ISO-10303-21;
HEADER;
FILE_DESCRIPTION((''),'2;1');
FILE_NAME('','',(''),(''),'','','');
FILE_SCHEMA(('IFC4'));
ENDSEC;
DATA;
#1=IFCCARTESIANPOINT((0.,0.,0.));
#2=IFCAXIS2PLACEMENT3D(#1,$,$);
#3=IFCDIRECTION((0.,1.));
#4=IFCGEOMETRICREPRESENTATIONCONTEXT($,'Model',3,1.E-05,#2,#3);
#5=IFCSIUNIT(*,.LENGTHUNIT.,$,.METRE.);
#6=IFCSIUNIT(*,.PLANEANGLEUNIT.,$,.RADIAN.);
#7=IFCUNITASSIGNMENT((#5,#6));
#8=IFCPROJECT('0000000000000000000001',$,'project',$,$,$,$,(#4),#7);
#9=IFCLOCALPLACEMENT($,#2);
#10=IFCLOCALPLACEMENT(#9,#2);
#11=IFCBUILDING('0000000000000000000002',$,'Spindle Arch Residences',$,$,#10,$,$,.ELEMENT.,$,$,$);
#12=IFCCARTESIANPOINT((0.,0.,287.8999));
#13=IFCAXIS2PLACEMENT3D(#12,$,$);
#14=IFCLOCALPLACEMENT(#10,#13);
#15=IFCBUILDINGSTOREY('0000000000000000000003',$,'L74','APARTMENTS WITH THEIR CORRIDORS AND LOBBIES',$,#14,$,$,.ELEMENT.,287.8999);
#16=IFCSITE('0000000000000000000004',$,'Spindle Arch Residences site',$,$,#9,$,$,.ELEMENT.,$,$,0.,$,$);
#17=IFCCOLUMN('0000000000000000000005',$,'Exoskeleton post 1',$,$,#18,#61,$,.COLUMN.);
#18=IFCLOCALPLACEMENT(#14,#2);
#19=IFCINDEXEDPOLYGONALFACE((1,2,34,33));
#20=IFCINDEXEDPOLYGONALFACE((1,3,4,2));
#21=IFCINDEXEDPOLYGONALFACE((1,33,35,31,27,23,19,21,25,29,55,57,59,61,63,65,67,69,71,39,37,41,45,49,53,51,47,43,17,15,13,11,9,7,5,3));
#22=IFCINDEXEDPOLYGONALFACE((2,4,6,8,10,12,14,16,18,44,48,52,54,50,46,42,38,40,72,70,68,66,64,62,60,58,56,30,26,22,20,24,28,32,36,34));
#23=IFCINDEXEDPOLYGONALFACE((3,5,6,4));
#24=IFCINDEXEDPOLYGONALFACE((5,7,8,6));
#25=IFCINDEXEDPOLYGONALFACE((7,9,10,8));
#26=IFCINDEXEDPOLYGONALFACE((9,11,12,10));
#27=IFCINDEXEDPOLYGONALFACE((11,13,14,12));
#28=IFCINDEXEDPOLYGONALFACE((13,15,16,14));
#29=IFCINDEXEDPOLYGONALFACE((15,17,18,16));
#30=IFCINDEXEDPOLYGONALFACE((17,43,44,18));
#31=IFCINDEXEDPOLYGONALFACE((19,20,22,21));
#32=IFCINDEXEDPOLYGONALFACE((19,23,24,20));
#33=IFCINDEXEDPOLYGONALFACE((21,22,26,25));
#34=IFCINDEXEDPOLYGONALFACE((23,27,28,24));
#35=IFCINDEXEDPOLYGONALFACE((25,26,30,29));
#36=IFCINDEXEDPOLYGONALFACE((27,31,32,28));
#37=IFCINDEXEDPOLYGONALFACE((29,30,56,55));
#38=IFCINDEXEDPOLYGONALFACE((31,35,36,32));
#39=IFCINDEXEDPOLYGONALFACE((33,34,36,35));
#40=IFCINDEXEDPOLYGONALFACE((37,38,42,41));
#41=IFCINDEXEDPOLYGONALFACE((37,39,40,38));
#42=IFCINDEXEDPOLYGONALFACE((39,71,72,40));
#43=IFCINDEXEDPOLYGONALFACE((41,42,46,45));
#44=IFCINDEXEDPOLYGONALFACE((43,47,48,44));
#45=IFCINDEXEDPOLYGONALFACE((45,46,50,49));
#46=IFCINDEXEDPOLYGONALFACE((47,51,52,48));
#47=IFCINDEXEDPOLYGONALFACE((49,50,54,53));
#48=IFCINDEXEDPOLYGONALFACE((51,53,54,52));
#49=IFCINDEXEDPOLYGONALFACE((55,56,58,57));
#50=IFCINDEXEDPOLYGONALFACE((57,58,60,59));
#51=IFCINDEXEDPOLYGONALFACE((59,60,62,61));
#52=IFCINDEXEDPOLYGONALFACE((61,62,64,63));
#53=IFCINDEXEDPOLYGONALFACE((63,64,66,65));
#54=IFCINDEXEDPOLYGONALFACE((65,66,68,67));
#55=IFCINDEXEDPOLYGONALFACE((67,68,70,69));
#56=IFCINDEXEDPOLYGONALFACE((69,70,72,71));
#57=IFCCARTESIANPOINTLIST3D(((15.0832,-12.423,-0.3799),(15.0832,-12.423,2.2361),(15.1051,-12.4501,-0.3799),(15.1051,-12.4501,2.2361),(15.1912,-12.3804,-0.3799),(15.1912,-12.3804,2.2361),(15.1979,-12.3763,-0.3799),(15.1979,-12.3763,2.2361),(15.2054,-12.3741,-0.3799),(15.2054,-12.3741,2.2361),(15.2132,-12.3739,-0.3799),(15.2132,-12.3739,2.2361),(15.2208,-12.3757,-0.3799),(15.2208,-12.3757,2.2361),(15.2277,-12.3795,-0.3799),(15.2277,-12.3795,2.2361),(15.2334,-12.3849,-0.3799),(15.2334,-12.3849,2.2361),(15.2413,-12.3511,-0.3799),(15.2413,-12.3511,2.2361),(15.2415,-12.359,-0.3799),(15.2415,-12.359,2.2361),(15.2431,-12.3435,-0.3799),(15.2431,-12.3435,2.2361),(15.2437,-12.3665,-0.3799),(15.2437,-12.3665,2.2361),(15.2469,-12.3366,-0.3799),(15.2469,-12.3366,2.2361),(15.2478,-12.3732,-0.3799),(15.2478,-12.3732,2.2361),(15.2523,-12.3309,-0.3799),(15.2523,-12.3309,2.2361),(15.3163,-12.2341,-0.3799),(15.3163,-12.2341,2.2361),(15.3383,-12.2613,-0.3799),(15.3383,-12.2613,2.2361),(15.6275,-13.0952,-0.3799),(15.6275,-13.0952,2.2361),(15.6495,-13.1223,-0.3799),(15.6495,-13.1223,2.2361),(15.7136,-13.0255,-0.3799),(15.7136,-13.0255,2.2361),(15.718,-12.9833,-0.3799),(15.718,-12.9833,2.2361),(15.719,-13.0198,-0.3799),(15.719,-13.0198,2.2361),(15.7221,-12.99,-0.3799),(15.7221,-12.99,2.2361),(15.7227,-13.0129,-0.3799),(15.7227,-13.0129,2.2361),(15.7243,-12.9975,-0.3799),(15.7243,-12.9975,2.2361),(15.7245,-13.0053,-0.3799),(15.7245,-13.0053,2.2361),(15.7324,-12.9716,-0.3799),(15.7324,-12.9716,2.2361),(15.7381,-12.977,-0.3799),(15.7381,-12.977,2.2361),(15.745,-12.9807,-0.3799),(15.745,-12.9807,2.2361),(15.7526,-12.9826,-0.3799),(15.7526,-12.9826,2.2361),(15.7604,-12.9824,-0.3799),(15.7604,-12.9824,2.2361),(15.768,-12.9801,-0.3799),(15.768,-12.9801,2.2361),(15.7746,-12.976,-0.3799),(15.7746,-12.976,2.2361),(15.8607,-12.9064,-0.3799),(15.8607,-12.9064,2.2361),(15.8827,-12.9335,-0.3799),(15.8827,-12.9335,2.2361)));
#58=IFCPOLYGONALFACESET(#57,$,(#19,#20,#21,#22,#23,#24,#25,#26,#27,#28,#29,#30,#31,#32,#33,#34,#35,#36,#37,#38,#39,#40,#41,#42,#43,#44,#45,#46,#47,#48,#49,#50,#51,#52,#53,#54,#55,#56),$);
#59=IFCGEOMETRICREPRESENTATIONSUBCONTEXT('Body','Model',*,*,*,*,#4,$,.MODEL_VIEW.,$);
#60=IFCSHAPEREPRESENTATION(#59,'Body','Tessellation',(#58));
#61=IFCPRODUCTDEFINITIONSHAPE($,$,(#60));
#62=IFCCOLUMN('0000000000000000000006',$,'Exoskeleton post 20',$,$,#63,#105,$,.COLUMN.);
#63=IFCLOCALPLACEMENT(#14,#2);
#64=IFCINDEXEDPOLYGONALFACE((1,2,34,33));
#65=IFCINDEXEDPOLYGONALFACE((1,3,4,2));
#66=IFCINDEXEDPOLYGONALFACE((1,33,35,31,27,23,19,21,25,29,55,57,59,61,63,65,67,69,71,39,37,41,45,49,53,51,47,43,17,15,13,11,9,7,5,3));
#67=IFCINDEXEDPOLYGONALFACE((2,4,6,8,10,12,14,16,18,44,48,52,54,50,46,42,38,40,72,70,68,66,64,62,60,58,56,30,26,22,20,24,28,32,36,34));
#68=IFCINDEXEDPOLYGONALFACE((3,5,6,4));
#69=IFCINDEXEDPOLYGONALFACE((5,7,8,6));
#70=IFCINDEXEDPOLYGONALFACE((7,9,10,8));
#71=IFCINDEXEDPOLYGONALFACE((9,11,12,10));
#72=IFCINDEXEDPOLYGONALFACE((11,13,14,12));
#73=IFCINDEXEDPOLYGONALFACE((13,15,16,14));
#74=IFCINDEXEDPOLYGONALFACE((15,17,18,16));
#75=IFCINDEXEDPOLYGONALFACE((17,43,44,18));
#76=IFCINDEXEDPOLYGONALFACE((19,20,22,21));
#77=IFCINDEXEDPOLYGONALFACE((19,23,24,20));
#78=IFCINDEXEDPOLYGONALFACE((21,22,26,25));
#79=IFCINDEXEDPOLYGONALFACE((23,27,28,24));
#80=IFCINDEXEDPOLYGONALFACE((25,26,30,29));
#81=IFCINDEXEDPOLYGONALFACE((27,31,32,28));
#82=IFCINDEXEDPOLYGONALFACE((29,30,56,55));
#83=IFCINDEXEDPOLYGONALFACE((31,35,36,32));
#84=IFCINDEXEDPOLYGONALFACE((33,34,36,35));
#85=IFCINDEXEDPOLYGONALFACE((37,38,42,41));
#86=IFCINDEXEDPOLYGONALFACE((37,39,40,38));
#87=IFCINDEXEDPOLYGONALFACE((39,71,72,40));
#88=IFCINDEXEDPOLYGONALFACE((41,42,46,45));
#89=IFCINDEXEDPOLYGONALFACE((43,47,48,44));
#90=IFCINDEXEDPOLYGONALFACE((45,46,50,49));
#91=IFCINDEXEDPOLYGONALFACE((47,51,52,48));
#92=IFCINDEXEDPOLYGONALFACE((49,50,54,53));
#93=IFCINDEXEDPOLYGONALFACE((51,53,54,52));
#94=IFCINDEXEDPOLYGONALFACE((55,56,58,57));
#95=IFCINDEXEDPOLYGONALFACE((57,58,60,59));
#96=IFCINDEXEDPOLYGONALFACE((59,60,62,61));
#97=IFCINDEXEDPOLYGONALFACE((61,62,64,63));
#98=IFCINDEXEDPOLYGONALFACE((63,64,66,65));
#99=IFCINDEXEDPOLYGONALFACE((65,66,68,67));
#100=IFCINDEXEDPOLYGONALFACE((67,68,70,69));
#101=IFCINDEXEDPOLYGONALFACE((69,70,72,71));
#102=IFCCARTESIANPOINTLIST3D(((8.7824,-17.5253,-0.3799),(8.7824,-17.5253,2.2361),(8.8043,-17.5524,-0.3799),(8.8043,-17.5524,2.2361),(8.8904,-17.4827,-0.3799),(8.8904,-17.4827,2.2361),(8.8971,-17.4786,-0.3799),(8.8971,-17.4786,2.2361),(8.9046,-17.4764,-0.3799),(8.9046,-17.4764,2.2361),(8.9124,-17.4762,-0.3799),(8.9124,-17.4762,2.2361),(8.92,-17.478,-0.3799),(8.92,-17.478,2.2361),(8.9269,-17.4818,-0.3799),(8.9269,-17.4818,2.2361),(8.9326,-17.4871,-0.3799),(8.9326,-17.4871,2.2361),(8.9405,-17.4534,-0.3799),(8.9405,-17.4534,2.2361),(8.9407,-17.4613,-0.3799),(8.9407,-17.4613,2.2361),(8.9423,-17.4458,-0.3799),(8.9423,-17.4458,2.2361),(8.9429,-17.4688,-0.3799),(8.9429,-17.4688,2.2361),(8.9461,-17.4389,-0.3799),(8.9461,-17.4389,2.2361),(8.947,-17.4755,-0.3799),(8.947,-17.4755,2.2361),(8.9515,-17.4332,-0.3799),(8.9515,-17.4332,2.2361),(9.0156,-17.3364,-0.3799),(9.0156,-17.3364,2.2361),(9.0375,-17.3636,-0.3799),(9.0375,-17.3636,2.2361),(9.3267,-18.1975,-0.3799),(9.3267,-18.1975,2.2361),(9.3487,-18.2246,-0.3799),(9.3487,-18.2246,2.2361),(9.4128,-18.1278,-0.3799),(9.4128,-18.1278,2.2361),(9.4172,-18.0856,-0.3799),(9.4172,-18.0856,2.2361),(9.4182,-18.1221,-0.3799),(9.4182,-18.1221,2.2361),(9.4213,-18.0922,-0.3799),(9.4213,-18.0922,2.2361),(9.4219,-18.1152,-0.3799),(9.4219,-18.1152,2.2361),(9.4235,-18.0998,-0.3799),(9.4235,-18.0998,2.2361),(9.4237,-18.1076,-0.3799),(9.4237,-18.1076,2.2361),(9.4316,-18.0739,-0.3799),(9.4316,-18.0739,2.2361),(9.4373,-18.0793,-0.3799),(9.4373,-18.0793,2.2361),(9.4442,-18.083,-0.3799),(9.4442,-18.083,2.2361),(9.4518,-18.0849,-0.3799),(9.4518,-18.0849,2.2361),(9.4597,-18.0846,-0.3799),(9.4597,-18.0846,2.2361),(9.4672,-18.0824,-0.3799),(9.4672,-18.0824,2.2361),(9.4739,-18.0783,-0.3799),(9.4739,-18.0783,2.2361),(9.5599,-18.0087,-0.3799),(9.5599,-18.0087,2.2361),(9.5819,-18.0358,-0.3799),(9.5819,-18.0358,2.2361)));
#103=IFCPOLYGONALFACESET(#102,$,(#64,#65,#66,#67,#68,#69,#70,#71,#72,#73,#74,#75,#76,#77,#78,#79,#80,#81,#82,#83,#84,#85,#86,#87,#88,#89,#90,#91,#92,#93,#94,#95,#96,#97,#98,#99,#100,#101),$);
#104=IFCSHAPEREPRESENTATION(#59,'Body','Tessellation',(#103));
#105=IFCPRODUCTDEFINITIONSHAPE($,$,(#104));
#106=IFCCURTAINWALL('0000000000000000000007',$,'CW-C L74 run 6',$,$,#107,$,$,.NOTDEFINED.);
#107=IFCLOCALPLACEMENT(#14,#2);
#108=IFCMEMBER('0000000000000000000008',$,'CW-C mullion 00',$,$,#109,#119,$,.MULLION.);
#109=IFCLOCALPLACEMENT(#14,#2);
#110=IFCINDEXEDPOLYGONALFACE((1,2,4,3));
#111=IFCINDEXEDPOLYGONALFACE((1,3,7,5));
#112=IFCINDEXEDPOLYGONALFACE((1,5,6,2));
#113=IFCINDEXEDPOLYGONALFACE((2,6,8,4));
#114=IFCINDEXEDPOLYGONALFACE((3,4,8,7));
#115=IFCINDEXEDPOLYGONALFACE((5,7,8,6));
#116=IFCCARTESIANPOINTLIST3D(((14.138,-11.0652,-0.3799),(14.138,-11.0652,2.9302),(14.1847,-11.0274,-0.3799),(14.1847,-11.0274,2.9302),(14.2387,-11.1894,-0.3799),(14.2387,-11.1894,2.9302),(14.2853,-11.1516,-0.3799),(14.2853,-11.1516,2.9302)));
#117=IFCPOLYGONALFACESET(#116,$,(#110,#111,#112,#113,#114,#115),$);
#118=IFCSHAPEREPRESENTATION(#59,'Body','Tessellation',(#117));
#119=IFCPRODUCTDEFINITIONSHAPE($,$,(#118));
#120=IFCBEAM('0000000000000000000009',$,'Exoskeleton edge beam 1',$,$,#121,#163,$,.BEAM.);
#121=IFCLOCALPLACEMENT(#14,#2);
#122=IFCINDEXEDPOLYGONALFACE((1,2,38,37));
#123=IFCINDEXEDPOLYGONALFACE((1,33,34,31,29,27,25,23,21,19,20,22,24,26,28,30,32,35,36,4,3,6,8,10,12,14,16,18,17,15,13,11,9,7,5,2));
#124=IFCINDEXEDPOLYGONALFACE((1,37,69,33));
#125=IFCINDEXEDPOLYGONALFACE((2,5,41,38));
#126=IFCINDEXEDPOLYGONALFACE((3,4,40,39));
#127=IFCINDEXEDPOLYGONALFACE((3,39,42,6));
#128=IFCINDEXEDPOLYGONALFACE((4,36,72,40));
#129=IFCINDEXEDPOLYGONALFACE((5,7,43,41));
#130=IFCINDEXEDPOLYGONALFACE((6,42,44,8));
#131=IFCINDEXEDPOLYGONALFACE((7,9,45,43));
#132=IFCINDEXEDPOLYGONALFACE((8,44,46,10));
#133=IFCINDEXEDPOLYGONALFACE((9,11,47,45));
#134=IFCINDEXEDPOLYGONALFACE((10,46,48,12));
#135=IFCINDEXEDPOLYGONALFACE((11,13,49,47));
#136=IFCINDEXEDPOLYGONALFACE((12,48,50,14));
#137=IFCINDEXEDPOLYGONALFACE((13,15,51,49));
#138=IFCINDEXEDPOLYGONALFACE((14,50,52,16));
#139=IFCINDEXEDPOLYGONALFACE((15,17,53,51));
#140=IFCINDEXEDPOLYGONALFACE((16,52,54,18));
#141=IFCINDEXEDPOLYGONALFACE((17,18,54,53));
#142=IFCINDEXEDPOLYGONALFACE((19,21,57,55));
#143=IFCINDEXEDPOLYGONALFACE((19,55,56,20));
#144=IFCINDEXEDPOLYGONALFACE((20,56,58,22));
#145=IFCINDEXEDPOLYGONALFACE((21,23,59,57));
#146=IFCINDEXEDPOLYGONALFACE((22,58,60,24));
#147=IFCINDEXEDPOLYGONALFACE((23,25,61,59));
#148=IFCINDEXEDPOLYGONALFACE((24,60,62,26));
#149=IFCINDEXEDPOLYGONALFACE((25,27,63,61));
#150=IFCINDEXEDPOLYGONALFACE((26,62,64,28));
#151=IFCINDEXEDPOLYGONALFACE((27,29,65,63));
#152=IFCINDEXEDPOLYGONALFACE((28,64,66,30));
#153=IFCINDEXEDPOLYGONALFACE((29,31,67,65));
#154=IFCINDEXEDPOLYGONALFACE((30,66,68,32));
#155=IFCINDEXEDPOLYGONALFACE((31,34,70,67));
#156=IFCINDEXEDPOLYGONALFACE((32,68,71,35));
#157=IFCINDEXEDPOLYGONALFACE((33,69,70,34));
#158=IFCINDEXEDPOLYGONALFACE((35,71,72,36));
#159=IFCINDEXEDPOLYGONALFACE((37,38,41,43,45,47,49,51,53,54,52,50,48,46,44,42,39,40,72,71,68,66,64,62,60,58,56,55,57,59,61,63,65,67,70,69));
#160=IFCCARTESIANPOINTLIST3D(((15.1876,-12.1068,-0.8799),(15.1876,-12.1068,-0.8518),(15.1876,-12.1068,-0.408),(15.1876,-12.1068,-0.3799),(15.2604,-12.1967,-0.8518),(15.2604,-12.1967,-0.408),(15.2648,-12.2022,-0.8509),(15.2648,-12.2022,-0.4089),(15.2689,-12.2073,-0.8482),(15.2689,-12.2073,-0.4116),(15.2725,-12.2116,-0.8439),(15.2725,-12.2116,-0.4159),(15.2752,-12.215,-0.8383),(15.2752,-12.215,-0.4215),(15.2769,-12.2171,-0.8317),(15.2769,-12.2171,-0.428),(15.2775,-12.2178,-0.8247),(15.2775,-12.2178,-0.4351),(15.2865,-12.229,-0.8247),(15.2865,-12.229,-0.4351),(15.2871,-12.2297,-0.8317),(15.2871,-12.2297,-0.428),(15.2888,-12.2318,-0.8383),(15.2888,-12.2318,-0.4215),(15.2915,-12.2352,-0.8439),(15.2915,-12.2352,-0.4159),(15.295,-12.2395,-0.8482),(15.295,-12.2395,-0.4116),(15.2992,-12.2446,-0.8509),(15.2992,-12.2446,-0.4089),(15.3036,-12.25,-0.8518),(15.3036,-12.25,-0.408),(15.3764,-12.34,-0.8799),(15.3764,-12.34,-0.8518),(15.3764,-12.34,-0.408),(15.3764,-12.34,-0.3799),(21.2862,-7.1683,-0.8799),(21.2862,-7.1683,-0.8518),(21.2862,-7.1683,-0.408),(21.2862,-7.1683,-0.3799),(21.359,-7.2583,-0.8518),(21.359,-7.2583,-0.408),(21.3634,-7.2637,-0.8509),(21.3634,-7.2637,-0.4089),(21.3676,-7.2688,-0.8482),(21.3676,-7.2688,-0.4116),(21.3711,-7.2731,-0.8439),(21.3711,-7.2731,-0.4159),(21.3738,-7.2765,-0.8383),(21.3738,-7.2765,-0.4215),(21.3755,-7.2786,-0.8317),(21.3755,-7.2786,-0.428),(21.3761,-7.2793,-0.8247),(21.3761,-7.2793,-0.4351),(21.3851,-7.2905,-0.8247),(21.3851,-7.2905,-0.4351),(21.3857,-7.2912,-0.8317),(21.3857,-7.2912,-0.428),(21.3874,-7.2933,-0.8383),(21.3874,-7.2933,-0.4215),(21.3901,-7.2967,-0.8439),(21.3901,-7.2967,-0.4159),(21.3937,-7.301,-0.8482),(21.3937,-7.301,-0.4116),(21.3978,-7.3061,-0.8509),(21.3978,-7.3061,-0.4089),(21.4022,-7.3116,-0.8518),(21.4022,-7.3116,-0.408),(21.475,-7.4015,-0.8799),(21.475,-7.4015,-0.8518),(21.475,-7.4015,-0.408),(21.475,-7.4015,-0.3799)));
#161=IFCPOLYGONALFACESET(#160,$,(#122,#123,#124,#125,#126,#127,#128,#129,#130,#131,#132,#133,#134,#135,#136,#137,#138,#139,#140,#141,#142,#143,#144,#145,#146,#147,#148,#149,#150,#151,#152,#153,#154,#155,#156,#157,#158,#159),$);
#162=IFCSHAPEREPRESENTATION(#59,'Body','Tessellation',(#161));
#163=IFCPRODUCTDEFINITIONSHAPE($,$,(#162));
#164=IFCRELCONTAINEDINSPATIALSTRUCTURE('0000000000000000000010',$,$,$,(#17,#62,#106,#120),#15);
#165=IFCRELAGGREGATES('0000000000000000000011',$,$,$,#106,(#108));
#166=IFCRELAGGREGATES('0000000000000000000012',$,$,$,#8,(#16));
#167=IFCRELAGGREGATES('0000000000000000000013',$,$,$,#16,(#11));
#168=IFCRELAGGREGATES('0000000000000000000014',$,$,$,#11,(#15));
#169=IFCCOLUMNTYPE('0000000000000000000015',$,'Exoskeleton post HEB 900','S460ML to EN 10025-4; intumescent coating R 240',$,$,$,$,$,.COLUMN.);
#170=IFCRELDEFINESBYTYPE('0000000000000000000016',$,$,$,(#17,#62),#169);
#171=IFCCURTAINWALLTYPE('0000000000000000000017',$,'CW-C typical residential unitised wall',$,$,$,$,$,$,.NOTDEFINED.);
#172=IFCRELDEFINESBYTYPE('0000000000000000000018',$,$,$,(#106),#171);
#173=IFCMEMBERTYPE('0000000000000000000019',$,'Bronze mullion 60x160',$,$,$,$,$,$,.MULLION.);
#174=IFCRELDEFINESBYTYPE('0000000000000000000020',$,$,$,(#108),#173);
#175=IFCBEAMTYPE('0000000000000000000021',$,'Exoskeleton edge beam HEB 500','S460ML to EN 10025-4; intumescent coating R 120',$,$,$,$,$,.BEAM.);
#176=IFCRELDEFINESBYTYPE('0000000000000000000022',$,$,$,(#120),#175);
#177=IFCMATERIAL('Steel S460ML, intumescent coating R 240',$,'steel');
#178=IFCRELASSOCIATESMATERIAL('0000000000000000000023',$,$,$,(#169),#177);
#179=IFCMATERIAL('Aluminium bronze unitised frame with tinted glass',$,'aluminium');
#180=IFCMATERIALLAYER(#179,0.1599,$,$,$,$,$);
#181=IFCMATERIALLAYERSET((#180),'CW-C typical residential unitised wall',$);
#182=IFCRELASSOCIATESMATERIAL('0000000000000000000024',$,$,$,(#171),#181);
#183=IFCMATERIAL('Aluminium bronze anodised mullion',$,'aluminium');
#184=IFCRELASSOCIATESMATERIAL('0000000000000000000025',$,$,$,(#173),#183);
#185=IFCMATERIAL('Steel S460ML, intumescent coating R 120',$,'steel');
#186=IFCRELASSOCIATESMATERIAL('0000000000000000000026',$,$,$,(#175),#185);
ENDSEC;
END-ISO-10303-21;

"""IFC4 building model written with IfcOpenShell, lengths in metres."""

from ifc_helpers import new_model, si_unit, direction, frame, origin, origin_2d, place, context, subcontext, project, spatial, rectangle, i_section, extrude, material, layer, layer_set, material_profile, profile_set, type_object, element, aggregate, save


model = new_model("IFC4")

# Units and contexts
model_context = context("Model", 3, precision=1e-05, world=origin(), true_north=direction((0.0, 1.0)))
body_context = subcontext(model_context, "Body", "Model", "MODEL_VIEW")
ifc_project = project(units=[si_unit("LENGTHUNIT", "METRE"), si_unit("PLANEANGLEUNIT", "RADIAN")], contexts=[model_context])

# Site, building, storey
site_placement = place(None, origin())
site = spatial("IfcSite", under=ifc_project, at=site_placement, Name="Spindle Arch Residences site", CompositionType="ELEMENT", RefElevation=0.0)
building_placement = place(site_placement, origin())
building = spatial("IfcBuilding", under=site, at=building_placement, Name="Spindle Arch Residences", CompositionType="ELEMENT")
storey_placement = place(building_placement, frame((0.0, 0.0, 287.8999)))
storey = spatial("IfcBuildingStorey", under=building, at=storey_placement, Name="L74", Description="APARTMENTS WITH THEIR CORRIDORS AND LOBBIES", CompositionType="ELEMENT", Elevation=287.8999)

# Columns
ifc_material_1 = material(Name="Steel S460ML, intumescent coating R 240", Category="steel")
ifc_material_profile_1 = material_profile(ifc_material_1, i_section(OverallWidth=0.3, OverallDepth=0.8999, WebThickness=0.0186, FlangeThickness=0.0349, FilletRadius=0.03, at=origin_2d()), Name="HEB 900")
ifc_profile_set_1 = profile_set([ifc_material_profile_1], Name="Steel S460ML, intumescent coating R 240")
column_type = type_object("IfcColumnType", Name="Exoskeleton post HEB 900", Description="S460ML to EN 10025-4; intumescent coating R 240", PredefinedType="COLUMN", material=ifc_profile_set_1)
for number, where, z_axis, x_axis, name in (
    (1, (15.4829, -12.6782, -0.3799), (0.0, 0.0, 1.0), (-0.777146, -0.62932, 0.0), "Exoskeleton post 1"),
    (2, (9.1821, -17.7805, -0.3799), (0.0, 0.0, 1.0), (-0.777146, -0.62932, 0.0), "Exoskeleton post 20"),
):
    element("IfcColumn", number, at=place(storey_placement, frame(where, z_axis=z_axis, x_axis=x_axis)), inside=storey, type_object=column_type, Name=name, PredefinedType="COLUMN", context=body_context, shape_type="SweptSolid", body=[
        extrude(i_section(OverallWidth=0.3, OverallDepth=0.8999, WebThickness=0.0186, FlangeThickness=0.0349, FilletRadius=0.03, at=origin_2d()), origin(), (0.0, 0.0, 1.0), 2.616),
    ])

# Curtain wall, member
ifc_material_2 = material(Name="Aluminium bronze unitised frame with tinted glass", Category="aluminium")
ifc_layer_1 = layer(ifc_material_2, 0.1599)
ifc_layer_set_1 = layer_set([ifc_layer_1], Name="CW-C typical residential unitised wall")
curtain_wall_type = type_object("IfcCurtainWallType", Name="CW-C typical residential unitised wall", PredefinedType="NOTDEFINED", material=ifc_layer_set_1)
curtain_wall_placement = place(storey_placement, origin())
curtain_wall = element("IfcCurtainWall", 3, at=curtain_wall_placement, inside=storey, type_object=curtain_wall_type, Name="CW-C L74 run 6", PredefinedType="NOTDEFINED")
ifc_material_3 = material(Name="Aluminium bronze anodised mullion", Category="aluminium")
ifc_material_profile_2 = material_profile(ifc_material_3, rectangle(XDim=0.1599, YDim=0.0601, at=origin_2d()), Name="MU 60x160")
ifc_profile_set_2 = profile_set([ifc_material_profile_2], Name="Aluminium bronze anodised mullion")
member_type = type_object("IfcMemberType", Name="Bronze mullion 60x160", PredefinedType="MULLION", material=ifc_profile_set_2)
member_placement = place(storey_placement, frame((14.2117, -11.1084, -0.3799), z_axis=(0.0, 0.0, 1.0), x_axis=(-0.62932, 0.777146, 0.0)))
member = element("IfcMember", 4, at=member_placement, type_object=member_type, Name="CW-C mullion 00", PredefinedType="MULLION", context=body_context, shape_type="SweptSolid", body=[
    extrude(rectangle(XDim=0.1599, YDim=0.0601, at=origin_2d()), origin(), (0.0, 0.0, 1.0), 3.3101),
])

# Beam
ifc_material_4 = material(Name="Steel S460ML, intumescent coating R 120", Category="steel")
ifc_material_profile_3 = material_profile(ifc_material_4, i_section(OverallWidth=0.3, OverallDepth=0.5, WebThickness=0.0144, FlangeThickness=0.0281, FilletRadius=0.0271, at=origin_2d()), Name="HEB 500")
ifc_profile_set_3 = profile_set([ifc_material_profile_3], Name="Steel S460ML, intumescent coating R 120")
beam_type_1 = type_object("IfcBeamType", Name="Exoskeleton edge beam HEB 500", Description="S460ML to EN 10025-4; intumescent coating R 120", PredefinedType="BEAM", material=ifc_profile_set_3)
for number, where, z_axis, x_axis, name in (
    (5, (15.282, -12.2234, -0.6299), (0.777152, 0.629313, 0.0), (-0.629313, 0.777152, 0.0), "Exoskeleton edge beam 1"),
):
    element("IfcBeam", number, at=place(storey_placement, frame(where, z_axis=z_axis, x_axis=x_axis)), inside=storey, type_object=beam_type_1, Name=name, PredefinedType="BEAM", context=body_context, shape_type="SweptSolid", body=[
        extrude(i_section(OverallWidth=0.3, OverallDepth=0.5, WebThickness=0.0144, FlangeThickness=0.0281, FilletRadius=0.0271, at=origin_2d()), origin(), (0.0, 0.0, 1.0), 7.8474),
    ])

aggregate(curtain_wall, [member])

save(model, "model.ifc")
